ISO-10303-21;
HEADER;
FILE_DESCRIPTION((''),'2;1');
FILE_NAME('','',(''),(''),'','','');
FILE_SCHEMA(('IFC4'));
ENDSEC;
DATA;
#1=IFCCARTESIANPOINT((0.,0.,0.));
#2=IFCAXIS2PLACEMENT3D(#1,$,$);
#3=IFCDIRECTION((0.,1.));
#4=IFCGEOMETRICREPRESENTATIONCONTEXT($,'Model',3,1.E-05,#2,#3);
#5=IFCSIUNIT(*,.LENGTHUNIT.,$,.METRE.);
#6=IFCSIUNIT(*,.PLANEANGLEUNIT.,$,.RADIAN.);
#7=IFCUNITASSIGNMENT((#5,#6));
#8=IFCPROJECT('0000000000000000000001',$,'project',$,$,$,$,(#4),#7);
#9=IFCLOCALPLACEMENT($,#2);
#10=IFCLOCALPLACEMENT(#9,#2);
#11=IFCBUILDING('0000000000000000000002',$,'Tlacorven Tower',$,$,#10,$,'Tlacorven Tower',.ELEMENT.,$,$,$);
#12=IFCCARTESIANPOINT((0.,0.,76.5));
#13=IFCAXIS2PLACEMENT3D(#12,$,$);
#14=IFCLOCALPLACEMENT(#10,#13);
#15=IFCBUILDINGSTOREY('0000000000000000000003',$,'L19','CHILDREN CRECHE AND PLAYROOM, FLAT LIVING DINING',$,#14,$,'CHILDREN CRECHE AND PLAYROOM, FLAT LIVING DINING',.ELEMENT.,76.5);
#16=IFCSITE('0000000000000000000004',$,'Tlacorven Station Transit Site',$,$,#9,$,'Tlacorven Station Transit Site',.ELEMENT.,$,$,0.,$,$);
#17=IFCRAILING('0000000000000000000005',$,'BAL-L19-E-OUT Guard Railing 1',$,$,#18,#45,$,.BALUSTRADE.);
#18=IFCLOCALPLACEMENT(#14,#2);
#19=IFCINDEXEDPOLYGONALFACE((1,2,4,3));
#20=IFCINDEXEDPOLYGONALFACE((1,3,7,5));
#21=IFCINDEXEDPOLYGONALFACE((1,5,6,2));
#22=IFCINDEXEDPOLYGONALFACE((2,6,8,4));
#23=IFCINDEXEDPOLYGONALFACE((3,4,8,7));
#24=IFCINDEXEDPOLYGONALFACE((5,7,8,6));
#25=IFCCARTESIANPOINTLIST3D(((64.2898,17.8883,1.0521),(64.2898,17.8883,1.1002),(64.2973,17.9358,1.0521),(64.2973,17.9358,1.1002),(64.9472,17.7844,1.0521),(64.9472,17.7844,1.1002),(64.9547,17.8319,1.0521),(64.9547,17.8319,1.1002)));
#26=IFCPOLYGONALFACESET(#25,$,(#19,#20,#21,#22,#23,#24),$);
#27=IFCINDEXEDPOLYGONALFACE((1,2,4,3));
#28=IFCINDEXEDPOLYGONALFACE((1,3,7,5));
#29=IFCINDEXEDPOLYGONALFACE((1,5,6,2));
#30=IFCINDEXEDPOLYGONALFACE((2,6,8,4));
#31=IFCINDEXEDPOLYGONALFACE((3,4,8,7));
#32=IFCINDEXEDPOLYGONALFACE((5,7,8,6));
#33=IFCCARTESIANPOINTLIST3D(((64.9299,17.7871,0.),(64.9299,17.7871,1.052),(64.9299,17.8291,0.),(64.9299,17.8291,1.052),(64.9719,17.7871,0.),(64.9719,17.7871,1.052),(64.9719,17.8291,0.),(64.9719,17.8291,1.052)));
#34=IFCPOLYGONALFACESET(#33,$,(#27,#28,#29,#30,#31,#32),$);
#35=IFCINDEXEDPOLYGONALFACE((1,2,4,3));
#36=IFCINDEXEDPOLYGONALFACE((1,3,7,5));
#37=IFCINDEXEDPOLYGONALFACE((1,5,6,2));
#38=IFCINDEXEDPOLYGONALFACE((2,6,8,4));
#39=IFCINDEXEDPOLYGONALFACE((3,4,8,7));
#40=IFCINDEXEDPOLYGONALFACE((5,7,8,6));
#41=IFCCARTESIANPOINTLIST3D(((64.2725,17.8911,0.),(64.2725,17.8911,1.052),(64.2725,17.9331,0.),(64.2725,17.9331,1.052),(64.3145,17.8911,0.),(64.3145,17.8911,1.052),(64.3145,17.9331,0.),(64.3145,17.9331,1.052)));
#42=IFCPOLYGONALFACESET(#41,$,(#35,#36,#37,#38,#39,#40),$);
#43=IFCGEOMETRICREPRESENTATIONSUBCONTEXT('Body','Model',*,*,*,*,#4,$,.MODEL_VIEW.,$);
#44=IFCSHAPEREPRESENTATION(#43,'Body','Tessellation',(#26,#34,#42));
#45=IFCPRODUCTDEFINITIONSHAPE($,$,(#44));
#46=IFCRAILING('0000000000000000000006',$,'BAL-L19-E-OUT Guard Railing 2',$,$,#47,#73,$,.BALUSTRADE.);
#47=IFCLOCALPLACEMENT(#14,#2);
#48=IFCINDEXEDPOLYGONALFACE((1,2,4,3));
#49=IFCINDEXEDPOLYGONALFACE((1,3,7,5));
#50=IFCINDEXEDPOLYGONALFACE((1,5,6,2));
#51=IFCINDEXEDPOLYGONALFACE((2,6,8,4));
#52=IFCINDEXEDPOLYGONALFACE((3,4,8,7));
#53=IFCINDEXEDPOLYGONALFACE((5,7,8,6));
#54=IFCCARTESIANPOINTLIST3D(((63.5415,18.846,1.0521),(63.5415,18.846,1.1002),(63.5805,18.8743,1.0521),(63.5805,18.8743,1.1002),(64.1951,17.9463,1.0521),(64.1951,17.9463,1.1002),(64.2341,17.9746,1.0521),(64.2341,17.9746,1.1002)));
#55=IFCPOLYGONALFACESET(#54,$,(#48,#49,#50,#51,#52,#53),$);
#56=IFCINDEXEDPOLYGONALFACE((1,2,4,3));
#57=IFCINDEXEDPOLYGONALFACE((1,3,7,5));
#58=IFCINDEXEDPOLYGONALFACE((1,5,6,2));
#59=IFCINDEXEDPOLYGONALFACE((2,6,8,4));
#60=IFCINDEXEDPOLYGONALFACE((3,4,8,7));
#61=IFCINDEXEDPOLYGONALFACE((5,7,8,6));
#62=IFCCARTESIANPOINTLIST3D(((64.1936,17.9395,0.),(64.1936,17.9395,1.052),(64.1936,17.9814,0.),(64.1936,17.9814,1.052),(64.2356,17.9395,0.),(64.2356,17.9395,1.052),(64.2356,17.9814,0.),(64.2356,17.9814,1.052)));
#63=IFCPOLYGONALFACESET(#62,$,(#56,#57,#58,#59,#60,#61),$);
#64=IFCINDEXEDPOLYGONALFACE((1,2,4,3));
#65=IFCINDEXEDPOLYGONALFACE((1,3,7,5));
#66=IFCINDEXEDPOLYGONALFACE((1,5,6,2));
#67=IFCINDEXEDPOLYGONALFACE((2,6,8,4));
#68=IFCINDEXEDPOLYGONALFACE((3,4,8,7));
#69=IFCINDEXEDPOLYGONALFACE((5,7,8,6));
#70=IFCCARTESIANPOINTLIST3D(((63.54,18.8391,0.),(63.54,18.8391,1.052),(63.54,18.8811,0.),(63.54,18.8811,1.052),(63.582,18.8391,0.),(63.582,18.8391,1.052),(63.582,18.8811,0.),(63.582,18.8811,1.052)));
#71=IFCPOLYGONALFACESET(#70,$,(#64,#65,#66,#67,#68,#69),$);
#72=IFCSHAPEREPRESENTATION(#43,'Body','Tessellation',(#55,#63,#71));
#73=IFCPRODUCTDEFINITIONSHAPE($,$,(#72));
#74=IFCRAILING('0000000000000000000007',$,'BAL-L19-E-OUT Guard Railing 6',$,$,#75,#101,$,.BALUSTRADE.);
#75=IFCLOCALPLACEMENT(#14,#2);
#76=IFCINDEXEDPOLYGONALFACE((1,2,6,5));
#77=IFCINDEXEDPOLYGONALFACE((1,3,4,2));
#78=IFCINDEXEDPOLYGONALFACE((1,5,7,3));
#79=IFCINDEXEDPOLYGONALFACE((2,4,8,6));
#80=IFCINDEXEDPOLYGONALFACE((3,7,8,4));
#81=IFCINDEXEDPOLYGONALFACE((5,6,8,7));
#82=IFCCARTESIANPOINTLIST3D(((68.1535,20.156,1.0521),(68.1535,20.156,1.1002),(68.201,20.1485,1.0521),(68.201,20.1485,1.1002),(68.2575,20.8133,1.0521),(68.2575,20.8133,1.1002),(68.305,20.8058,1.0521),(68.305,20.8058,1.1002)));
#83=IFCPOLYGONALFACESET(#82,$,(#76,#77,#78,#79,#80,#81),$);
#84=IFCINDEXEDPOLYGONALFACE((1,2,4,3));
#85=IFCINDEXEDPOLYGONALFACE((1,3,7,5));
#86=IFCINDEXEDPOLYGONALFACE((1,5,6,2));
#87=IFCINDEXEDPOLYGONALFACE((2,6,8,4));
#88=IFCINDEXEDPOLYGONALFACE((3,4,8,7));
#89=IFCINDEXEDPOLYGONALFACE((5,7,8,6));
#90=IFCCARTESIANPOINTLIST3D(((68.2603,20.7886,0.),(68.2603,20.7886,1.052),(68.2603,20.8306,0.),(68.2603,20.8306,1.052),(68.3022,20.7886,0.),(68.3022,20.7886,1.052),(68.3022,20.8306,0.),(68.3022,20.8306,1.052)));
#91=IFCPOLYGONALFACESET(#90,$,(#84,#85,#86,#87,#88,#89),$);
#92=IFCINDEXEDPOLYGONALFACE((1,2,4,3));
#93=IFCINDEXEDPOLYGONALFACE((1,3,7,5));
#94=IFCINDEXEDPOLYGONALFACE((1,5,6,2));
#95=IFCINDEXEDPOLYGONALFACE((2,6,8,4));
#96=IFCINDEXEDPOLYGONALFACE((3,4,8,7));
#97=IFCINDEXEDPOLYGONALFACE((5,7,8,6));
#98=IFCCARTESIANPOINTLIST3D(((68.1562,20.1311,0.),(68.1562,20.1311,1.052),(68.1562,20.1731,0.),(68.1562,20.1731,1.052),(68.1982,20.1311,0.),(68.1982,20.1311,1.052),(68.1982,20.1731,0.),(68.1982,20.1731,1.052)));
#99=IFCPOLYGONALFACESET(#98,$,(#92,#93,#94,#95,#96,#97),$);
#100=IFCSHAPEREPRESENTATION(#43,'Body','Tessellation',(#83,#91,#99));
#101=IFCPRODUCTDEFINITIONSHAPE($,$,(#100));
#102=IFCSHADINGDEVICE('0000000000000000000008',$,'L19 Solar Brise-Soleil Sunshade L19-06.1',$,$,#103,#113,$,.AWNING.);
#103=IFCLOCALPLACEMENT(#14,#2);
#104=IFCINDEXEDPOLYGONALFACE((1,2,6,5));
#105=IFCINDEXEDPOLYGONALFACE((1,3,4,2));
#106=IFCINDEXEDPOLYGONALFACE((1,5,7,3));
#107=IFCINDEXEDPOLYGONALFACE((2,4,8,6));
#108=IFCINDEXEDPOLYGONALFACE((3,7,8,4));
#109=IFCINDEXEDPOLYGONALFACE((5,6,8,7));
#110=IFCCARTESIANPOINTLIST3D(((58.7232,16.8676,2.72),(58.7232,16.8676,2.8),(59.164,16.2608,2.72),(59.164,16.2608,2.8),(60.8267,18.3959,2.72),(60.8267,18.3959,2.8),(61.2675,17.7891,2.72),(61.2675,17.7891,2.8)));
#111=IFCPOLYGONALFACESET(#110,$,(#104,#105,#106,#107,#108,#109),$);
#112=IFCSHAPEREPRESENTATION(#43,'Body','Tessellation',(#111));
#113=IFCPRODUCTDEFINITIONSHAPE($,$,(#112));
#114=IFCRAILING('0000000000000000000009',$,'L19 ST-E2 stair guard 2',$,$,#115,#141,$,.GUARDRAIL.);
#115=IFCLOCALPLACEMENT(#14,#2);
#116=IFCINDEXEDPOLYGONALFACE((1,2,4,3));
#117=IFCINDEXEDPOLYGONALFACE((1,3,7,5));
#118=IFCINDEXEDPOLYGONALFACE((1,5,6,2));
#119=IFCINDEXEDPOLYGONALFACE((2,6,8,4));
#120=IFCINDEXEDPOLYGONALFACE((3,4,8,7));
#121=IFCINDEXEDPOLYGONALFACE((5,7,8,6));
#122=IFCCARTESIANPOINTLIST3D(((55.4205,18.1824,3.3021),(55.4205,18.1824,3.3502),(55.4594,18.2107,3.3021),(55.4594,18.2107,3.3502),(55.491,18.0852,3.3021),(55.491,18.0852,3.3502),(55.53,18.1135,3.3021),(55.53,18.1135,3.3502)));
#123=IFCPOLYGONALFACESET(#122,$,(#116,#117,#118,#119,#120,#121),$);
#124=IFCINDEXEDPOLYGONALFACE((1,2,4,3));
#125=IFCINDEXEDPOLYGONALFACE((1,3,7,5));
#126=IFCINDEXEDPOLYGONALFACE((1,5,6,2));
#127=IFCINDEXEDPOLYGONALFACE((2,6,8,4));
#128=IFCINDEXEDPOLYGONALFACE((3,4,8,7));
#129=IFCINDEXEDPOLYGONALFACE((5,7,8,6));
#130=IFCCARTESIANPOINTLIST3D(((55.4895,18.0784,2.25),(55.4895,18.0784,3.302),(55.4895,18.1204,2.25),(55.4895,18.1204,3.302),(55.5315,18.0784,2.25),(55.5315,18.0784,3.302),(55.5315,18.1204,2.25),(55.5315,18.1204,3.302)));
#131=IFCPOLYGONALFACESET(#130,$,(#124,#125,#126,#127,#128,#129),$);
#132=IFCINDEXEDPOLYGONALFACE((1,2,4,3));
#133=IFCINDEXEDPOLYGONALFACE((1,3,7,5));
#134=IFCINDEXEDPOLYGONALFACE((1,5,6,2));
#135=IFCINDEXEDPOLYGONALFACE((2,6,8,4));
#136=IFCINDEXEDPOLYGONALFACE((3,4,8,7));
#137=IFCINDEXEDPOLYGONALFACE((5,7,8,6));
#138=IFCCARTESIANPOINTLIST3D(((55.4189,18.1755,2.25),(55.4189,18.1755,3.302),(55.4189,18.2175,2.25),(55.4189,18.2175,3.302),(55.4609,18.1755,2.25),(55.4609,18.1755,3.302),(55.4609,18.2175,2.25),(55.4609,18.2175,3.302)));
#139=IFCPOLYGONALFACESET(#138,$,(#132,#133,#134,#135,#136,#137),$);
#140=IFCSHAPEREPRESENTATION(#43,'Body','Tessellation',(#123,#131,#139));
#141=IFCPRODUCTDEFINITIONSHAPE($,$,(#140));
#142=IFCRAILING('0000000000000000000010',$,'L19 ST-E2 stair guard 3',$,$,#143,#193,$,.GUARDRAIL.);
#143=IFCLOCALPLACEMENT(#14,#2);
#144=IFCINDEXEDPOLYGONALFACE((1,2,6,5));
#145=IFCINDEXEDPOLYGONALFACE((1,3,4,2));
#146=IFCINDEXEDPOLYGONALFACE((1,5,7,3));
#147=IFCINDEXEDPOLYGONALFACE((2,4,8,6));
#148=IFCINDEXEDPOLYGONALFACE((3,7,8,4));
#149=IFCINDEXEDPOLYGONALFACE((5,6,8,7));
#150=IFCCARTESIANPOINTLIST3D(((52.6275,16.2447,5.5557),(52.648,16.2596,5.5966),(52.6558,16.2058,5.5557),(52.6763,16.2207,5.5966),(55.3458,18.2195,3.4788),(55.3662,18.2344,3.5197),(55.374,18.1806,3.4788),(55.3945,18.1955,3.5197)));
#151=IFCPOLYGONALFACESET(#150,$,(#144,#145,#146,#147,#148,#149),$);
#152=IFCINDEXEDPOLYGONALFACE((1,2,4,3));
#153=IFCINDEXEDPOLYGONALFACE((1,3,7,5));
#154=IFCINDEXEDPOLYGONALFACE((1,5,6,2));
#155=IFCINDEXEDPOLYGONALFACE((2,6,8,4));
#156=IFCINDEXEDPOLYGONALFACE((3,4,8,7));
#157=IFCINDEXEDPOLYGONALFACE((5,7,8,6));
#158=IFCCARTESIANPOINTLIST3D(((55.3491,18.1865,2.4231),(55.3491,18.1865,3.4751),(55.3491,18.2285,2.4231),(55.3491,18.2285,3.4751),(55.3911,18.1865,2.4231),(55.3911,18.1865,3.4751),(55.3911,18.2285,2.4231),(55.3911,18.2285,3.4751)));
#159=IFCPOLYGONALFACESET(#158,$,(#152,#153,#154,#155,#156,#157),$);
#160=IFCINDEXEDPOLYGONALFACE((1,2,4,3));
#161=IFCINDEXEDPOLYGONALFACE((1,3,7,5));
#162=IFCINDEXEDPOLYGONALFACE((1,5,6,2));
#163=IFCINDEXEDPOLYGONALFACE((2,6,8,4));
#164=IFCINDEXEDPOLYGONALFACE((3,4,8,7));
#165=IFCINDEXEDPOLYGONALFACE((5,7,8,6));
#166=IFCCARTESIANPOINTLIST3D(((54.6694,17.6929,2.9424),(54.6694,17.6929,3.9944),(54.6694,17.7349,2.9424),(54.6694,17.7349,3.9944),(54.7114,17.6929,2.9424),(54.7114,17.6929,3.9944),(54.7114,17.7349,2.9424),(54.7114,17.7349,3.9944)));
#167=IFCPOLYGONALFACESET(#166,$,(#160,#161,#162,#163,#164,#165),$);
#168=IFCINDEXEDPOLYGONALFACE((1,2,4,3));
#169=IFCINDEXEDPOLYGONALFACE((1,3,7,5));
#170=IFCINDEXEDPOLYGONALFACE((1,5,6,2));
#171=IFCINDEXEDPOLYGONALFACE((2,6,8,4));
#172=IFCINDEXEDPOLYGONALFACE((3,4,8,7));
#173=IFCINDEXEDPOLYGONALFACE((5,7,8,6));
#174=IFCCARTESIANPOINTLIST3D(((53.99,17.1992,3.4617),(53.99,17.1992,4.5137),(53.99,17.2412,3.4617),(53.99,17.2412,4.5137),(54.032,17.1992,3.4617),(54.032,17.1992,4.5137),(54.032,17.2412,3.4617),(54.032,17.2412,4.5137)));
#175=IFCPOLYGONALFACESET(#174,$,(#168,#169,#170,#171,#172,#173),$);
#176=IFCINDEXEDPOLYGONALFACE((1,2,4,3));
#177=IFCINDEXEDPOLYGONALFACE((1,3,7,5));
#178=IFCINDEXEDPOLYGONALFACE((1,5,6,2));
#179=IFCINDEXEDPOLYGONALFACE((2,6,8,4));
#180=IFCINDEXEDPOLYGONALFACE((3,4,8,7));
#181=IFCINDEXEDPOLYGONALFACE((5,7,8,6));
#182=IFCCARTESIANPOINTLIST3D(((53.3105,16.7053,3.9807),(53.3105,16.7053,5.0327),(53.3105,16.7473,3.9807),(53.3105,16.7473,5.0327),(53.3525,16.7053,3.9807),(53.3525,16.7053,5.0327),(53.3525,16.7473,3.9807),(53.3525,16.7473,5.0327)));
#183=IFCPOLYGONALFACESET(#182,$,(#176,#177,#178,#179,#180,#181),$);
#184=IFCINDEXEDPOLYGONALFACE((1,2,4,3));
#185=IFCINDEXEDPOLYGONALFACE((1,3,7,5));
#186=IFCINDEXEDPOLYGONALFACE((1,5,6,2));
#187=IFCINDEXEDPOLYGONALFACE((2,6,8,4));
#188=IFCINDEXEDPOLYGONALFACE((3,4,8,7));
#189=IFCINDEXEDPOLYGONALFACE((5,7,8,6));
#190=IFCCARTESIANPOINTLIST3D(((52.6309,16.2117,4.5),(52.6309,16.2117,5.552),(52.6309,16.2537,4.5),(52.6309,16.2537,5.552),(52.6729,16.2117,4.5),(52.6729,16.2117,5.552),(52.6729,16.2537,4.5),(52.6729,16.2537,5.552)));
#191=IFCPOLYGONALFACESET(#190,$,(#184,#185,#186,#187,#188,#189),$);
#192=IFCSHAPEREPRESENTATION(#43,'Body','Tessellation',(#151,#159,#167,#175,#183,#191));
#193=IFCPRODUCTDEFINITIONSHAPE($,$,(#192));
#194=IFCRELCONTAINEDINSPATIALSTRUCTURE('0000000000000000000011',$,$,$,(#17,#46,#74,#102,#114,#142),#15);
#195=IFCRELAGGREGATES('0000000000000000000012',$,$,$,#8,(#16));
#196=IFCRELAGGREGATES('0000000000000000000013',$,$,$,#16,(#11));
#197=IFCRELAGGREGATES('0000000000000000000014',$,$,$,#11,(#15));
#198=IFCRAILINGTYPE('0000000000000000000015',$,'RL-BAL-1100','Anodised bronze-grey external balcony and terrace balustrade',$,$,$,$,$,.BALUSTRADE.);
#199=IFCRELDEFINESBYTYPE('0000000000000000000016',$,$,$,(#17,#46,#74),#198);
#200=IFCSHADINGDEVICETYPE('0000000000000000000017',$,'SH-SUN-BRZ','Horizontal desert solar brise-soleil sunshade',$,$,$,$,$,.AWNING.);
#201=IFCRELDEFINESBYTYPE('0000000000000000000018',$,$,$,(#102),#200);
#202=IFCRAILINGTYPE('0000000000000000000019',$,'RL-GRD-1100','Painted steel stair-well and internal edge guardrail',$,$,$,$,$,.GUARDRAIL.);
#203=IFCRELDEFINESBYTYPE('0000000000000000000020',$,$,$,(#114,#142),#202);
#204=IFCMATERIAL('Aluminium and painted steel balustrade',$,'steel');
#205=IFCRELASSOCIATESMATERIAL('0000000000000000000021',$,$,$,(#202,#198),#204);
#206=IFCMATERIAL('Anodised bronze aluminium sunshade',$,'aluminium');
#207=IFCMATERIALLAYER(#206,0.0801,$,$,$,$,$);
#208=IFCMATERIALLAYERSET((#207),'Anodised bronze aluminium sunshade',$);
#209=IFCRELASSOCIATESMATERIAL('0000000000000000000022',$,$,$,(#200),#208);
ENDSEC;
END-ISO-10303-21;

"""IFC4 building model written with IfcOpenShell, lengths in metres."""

from ifc_helpers import new_model, si_unit, direction, frame, origin, origin_2d, place, context, subcontext, project, spatial, rectangle, extrude, source, transform, mapped, material, layer, layer_set, type_object, element, save


model = new_model("IFC4")

# Units and contexts
model_context = context("Model", 3, precision=1e-05, world=origin(), true_north=direction((0.0, 1.0)))
body_context = subcontext(model_context, "Body", "Model", "MODEL_VIEW")
ifc_project = project(units=[si_unit("LENGTHUNIT", "METRE"), si_unit("PLANEANGLEUNIT", "RADIAN")], contexts=[model_context])

# Site, building, storey
site_placement = place(None, origin())
site = spatial("IfcSite", under=ifc_project, at=site_placement, Name="Tlacorven Station Transit Site", LongName="Tlacorven Station Transit Site", CompositionType="ELEMENT", RefElevation=0.0)
building_placement = place(site_placement, origin())
building = spatial("IfcBuilding", under=site, at=building_placement, Name="Tlacorven Tower", LongName="Tlacorven Tower", CompositionType="ELEMENT")
storey_placement = place(building_placement, frame((0.0, 0.0, 76.5)))
storey = spatial("IfcBuildingStorey", under=building, at=storey_placement, Name="L19", Description="CHILDREN CRECHE AND PLAYROOM, FLAT LIVING DINING", LongName="CHILDREN CRECHE AND PLAYROOM, FLAT LIVING DINING", CompositionType="ELEMENT", Elevation=76.5)

# Railings
ifc_material_1 = material(Name="Aluminium and painted steel balustrade", Category="steel")
railing_type_1 = type_object("IfcRailingType", Name="RL-GRD-1100", Description="Painted steel stair-well and internal edge guardrail", PredefinedType="GUARDRAIL", material=ifc_material_1)
railing_type_2 = type_object("IfcRailingType", Name="RL-BAL-1100", Description="Anodised bronze-grey external balcony and terrace balustrade", PredefinedType="BALUSTRADE", material=ifc_material_1)
shared_shape_1 = source(origin(), body_context, "Body", "SweptSolid", [
    extrude(rectangle(XDim=0.0481, YDim=0.0481, at=origin_2d()), frame((0.0, 0.0, 1.0762), z_axis=(-0.987718, 0.156245, 0.0), x_axis=(-0.156245, -0.987718, 0.0)), (0.0, 0.0, 1.0), 0.6655),
    extrude(rectangle(XDim=0.042, YDim=0.042, at=origin_2d()), origin(), (0.0, 0.0, 1.0), 1.052),
    extrude(rectangle(XDim=0.042, YDim=0.042, at=origin_2d()), frame((-0.6575, 0.104, 0.0)), (0.0, 0.0, 1.0), 1.052),
])
railing_1_placement = place(storey_placement, frame((64.9509, 17.8081, 0.0)))
element("IfcRailing", 1, at=railing_1_placement, inside=storey, type_object=railing_type_2, Name="BAL-L19-E-OUT Guard Railing 1", PredefinedType="BALUSTRADE", context=body_context, shape_type="MappedRepresentation", body=[
    mapped(shared_shape_1, transform((0.0, 0.0, 0.0), scale=1.0)),
])
shared_shape_2 = source(origin(), body_context, "Body", "SweptSolid", [
    extrude(rectangle(XDim=0.0481, YDim=0.0481, at=origin_2d()), frame((0.0, 0.0, 1.0762), z_axis=(-0.587741, 0.809049, 0.0), x_axis=(-0.809049, -0.587741, 0.0)), (0.0, 0.0, 1.0), 1.1121),
    extrude(rectangle(XDim=0.042, YDim=0.042, at=origin_2d()), origin(), (0.0, 0.0, 1.0), 1.052),
    extrude(rectangle(XDim=0.042, YDim=0.042, at=origin_2d()), frame((-0.6536, 0.8997, 0.0)), (0.0, 0.0, 1.0), 1.052),
])
railing_2_placement = place(storey_placement, frame((64.2146, 17.9604, 0.0)))
element("IfcRailing", 2, at=railing_2_placement, inside=storey, type_object=railing_type_2, Name="BAL-L19-E-OUT Guard Railing 2", PredefinedType="BALUSTRADE", context=body_context, shape_type="MappedRepresentation", body=[
    mapped(shared_shape_2, transform((0.0, 0.0, 0.0), scale=1.0)),
])
shared_shape_3 = source(origin(), body_context, "Body", "SweptSolid", [
    extrude(rectangle(XDim=0.0481, YDim=0.0481, at=origin_2d()), frame((0.0, 0.0, 1.0762), z_axis=(-0.156245, -0.987718, 0.0), x_axis=(0.987718, -0.156245, 0.0)), (0.0, 0.0, 1.0), 0.6655),
    extrude(rectangle(XDim=0.042, YDim=0.042, at=origin_2d()), origin(), (0.0, 0.0, 1.0), 1.052),
    extrude(rectangle(XDim=0.042, YDim=0.042, at=origin_2d()), frame((-0.104, -0.6575, 0.0)), (0.0, 0.0, 1.0), 1.052),
])
railing_3_placement = place(storey_placement, frame((68.2812, 20.8096, 0.0)))
element("IfcRailing", 3, at=railing_3_placement, inside=storey, type_object=railing_type_2, Name="BAL-L19-E-OUT Guard Railing 6", PredefinedType="BALUSTRADE", context=body_context, shape_type="MappedRepresentation", body=[
    mapped(shared_shape_3, transform((0.0, 0.0, 0.0), scale=1.0)),
])

# Shading device
ifc_material_2 = material(Name="Anodised bronze aluminium sunshade", Category="aluminium")
ifc_layer_1 = layer(ifc_material_2, 0.0801)
ifc_layer_set_1 = layer_set([ifc_layer_1], Name="Anodised bronze aluminium sunshade")
shading_device_type = type_object("IfcShadingDeviceType", Name="SH-SUN-BRZ", Description="Horizontal desert solar brise-soleil sunshade", PredefinedType="AWNING", material=ifc_layer_set_1)
shared_shape_4 = source(origin(), body_context, "Body", "SweptSolid", [
    extrude(rectangle(XDim=2.6001, YDim=0.75, at=origin_2d()), origin(), (0.0, 0.0, 1.0), 0.0801),
])
shading_device_placement = place(storey_placement, frame((59.9954, 17.3284, 2.72), z_axis=(0.0, 0.0, 1.0), x_axis=(-0.809017, -0.587785, 0.0)))
element("IfcShadingDevice", 4, at=shading_device_placement, inside=storey, type_object=shading_device_type, Name="L19 Solar Brise-Soleil Sunshade L19-06.1", PredefinedType="AWNING", context=body_context, shape_type="MappedRepresentation", body=[
    mapped(shared_shape_4, transform((0.0, 0.0, 0.0), scale=1.0)),
])

# Railings
shared_shape_5 = source(origin(), body_context, "Body", "SweptSolid", [
    extrude(rectangle(XDim=0.0481, YDim=0.0481, at=origin_2d()), frame((0.0, 0.0, 1.0762), z_axis=(-0.587567, 0.809175, 0.0), x_axis=(-0.809175, -0.587567, 0.0)), (0.0, 0.0, 1.0), 0.1201),
    extrude(rectangle(XDim=0.042, YDim=0.042, at=origin_2d()), origin(), (0.0, 0.0, 1.0), 1.052),
    extrude(rectangle(XDim=0.042, YDim=0.042, at=origin_2d()), frame((-0.0706, 0.0972, 0.0)), (0.0, 0.0, 1.0), 1.052),
])
railing_4_placement = place(storey_placement, frame((55.5105, 18.0994, 2.25)))
element("IfcRailing", 5, at=railing_4_placement, inside=storey, type_object=railing_type_1, Name="L19 ST-E2 stair guard 2", PredefinedType="GUARDRAIL", context=body_context, shape_type="MappedRepresentation", body=[
    mapped(shared_shape_5, transform((0.0, 0.0, 0.0), scale=1.0)),
])
shared_shape_6 = source(origin(), body_context, "Body", "SweptSolid", [
    extrude(rectangle(XDim=0.0481, YDim=0.0481, at=origin_2d()), frame((0.0, 0.0, 1.0762), z_axis=(-0.688167, -0.499963, 0.525798), x_axis=(0.58777, -0.809028, 0.0)), (0.0, 0.0, 1.0), 3.95),
    extrude(rectangle(XDim=0.042, YDim=0.042, at=origin_2d()), origin(), (0.0, 0.0, 1.0), 1.052),
    extrude(rectangle(XDim=0.042, YDim=0.042, at=origin_2d()), frame((-0.6797, -0.4937, 0.5193)), (0.0, 0.0, 1.0), 1.052),
    extrude(rectangle(XDim=0.042, YDim=0.042, at=origin_2d()), frame((-1.3591, -0.9873, 1.0386)), (0.0, 0.0, 1.0), 1.052),
    extrude(rectangle(XDim=0.042, YDim=0.042, at=origin_2d()), frame((-2.0386, -1.4812, 1.5576)), (0.0, 0.0, 1.0), 1.052),
    extrude(rectangle(XDim=0.042, YDim=0.042, at=origin_2d()), frame((-2.7183, -1.9749, 2.0769)), (0.0, 0.0, 1.0), 1.052),
])
railing_5_placement = place(storey_placement, frame((55.3701, 18.2075, 2.4231)))
element("IfcRailing", 6, at=railing_5_placement, inside=storey, type_object=railing_type_1, Name="L19 ST-E2 stair guard 3", PredefinedType="GUARDRAIL", context=body_context, shape_type="MappedRepresentation", body=[
    mapped(shared_shape_6, transform((0.0, 0.0, 0.0), scale=1.0)),
])

save(model, "model.ifc")
